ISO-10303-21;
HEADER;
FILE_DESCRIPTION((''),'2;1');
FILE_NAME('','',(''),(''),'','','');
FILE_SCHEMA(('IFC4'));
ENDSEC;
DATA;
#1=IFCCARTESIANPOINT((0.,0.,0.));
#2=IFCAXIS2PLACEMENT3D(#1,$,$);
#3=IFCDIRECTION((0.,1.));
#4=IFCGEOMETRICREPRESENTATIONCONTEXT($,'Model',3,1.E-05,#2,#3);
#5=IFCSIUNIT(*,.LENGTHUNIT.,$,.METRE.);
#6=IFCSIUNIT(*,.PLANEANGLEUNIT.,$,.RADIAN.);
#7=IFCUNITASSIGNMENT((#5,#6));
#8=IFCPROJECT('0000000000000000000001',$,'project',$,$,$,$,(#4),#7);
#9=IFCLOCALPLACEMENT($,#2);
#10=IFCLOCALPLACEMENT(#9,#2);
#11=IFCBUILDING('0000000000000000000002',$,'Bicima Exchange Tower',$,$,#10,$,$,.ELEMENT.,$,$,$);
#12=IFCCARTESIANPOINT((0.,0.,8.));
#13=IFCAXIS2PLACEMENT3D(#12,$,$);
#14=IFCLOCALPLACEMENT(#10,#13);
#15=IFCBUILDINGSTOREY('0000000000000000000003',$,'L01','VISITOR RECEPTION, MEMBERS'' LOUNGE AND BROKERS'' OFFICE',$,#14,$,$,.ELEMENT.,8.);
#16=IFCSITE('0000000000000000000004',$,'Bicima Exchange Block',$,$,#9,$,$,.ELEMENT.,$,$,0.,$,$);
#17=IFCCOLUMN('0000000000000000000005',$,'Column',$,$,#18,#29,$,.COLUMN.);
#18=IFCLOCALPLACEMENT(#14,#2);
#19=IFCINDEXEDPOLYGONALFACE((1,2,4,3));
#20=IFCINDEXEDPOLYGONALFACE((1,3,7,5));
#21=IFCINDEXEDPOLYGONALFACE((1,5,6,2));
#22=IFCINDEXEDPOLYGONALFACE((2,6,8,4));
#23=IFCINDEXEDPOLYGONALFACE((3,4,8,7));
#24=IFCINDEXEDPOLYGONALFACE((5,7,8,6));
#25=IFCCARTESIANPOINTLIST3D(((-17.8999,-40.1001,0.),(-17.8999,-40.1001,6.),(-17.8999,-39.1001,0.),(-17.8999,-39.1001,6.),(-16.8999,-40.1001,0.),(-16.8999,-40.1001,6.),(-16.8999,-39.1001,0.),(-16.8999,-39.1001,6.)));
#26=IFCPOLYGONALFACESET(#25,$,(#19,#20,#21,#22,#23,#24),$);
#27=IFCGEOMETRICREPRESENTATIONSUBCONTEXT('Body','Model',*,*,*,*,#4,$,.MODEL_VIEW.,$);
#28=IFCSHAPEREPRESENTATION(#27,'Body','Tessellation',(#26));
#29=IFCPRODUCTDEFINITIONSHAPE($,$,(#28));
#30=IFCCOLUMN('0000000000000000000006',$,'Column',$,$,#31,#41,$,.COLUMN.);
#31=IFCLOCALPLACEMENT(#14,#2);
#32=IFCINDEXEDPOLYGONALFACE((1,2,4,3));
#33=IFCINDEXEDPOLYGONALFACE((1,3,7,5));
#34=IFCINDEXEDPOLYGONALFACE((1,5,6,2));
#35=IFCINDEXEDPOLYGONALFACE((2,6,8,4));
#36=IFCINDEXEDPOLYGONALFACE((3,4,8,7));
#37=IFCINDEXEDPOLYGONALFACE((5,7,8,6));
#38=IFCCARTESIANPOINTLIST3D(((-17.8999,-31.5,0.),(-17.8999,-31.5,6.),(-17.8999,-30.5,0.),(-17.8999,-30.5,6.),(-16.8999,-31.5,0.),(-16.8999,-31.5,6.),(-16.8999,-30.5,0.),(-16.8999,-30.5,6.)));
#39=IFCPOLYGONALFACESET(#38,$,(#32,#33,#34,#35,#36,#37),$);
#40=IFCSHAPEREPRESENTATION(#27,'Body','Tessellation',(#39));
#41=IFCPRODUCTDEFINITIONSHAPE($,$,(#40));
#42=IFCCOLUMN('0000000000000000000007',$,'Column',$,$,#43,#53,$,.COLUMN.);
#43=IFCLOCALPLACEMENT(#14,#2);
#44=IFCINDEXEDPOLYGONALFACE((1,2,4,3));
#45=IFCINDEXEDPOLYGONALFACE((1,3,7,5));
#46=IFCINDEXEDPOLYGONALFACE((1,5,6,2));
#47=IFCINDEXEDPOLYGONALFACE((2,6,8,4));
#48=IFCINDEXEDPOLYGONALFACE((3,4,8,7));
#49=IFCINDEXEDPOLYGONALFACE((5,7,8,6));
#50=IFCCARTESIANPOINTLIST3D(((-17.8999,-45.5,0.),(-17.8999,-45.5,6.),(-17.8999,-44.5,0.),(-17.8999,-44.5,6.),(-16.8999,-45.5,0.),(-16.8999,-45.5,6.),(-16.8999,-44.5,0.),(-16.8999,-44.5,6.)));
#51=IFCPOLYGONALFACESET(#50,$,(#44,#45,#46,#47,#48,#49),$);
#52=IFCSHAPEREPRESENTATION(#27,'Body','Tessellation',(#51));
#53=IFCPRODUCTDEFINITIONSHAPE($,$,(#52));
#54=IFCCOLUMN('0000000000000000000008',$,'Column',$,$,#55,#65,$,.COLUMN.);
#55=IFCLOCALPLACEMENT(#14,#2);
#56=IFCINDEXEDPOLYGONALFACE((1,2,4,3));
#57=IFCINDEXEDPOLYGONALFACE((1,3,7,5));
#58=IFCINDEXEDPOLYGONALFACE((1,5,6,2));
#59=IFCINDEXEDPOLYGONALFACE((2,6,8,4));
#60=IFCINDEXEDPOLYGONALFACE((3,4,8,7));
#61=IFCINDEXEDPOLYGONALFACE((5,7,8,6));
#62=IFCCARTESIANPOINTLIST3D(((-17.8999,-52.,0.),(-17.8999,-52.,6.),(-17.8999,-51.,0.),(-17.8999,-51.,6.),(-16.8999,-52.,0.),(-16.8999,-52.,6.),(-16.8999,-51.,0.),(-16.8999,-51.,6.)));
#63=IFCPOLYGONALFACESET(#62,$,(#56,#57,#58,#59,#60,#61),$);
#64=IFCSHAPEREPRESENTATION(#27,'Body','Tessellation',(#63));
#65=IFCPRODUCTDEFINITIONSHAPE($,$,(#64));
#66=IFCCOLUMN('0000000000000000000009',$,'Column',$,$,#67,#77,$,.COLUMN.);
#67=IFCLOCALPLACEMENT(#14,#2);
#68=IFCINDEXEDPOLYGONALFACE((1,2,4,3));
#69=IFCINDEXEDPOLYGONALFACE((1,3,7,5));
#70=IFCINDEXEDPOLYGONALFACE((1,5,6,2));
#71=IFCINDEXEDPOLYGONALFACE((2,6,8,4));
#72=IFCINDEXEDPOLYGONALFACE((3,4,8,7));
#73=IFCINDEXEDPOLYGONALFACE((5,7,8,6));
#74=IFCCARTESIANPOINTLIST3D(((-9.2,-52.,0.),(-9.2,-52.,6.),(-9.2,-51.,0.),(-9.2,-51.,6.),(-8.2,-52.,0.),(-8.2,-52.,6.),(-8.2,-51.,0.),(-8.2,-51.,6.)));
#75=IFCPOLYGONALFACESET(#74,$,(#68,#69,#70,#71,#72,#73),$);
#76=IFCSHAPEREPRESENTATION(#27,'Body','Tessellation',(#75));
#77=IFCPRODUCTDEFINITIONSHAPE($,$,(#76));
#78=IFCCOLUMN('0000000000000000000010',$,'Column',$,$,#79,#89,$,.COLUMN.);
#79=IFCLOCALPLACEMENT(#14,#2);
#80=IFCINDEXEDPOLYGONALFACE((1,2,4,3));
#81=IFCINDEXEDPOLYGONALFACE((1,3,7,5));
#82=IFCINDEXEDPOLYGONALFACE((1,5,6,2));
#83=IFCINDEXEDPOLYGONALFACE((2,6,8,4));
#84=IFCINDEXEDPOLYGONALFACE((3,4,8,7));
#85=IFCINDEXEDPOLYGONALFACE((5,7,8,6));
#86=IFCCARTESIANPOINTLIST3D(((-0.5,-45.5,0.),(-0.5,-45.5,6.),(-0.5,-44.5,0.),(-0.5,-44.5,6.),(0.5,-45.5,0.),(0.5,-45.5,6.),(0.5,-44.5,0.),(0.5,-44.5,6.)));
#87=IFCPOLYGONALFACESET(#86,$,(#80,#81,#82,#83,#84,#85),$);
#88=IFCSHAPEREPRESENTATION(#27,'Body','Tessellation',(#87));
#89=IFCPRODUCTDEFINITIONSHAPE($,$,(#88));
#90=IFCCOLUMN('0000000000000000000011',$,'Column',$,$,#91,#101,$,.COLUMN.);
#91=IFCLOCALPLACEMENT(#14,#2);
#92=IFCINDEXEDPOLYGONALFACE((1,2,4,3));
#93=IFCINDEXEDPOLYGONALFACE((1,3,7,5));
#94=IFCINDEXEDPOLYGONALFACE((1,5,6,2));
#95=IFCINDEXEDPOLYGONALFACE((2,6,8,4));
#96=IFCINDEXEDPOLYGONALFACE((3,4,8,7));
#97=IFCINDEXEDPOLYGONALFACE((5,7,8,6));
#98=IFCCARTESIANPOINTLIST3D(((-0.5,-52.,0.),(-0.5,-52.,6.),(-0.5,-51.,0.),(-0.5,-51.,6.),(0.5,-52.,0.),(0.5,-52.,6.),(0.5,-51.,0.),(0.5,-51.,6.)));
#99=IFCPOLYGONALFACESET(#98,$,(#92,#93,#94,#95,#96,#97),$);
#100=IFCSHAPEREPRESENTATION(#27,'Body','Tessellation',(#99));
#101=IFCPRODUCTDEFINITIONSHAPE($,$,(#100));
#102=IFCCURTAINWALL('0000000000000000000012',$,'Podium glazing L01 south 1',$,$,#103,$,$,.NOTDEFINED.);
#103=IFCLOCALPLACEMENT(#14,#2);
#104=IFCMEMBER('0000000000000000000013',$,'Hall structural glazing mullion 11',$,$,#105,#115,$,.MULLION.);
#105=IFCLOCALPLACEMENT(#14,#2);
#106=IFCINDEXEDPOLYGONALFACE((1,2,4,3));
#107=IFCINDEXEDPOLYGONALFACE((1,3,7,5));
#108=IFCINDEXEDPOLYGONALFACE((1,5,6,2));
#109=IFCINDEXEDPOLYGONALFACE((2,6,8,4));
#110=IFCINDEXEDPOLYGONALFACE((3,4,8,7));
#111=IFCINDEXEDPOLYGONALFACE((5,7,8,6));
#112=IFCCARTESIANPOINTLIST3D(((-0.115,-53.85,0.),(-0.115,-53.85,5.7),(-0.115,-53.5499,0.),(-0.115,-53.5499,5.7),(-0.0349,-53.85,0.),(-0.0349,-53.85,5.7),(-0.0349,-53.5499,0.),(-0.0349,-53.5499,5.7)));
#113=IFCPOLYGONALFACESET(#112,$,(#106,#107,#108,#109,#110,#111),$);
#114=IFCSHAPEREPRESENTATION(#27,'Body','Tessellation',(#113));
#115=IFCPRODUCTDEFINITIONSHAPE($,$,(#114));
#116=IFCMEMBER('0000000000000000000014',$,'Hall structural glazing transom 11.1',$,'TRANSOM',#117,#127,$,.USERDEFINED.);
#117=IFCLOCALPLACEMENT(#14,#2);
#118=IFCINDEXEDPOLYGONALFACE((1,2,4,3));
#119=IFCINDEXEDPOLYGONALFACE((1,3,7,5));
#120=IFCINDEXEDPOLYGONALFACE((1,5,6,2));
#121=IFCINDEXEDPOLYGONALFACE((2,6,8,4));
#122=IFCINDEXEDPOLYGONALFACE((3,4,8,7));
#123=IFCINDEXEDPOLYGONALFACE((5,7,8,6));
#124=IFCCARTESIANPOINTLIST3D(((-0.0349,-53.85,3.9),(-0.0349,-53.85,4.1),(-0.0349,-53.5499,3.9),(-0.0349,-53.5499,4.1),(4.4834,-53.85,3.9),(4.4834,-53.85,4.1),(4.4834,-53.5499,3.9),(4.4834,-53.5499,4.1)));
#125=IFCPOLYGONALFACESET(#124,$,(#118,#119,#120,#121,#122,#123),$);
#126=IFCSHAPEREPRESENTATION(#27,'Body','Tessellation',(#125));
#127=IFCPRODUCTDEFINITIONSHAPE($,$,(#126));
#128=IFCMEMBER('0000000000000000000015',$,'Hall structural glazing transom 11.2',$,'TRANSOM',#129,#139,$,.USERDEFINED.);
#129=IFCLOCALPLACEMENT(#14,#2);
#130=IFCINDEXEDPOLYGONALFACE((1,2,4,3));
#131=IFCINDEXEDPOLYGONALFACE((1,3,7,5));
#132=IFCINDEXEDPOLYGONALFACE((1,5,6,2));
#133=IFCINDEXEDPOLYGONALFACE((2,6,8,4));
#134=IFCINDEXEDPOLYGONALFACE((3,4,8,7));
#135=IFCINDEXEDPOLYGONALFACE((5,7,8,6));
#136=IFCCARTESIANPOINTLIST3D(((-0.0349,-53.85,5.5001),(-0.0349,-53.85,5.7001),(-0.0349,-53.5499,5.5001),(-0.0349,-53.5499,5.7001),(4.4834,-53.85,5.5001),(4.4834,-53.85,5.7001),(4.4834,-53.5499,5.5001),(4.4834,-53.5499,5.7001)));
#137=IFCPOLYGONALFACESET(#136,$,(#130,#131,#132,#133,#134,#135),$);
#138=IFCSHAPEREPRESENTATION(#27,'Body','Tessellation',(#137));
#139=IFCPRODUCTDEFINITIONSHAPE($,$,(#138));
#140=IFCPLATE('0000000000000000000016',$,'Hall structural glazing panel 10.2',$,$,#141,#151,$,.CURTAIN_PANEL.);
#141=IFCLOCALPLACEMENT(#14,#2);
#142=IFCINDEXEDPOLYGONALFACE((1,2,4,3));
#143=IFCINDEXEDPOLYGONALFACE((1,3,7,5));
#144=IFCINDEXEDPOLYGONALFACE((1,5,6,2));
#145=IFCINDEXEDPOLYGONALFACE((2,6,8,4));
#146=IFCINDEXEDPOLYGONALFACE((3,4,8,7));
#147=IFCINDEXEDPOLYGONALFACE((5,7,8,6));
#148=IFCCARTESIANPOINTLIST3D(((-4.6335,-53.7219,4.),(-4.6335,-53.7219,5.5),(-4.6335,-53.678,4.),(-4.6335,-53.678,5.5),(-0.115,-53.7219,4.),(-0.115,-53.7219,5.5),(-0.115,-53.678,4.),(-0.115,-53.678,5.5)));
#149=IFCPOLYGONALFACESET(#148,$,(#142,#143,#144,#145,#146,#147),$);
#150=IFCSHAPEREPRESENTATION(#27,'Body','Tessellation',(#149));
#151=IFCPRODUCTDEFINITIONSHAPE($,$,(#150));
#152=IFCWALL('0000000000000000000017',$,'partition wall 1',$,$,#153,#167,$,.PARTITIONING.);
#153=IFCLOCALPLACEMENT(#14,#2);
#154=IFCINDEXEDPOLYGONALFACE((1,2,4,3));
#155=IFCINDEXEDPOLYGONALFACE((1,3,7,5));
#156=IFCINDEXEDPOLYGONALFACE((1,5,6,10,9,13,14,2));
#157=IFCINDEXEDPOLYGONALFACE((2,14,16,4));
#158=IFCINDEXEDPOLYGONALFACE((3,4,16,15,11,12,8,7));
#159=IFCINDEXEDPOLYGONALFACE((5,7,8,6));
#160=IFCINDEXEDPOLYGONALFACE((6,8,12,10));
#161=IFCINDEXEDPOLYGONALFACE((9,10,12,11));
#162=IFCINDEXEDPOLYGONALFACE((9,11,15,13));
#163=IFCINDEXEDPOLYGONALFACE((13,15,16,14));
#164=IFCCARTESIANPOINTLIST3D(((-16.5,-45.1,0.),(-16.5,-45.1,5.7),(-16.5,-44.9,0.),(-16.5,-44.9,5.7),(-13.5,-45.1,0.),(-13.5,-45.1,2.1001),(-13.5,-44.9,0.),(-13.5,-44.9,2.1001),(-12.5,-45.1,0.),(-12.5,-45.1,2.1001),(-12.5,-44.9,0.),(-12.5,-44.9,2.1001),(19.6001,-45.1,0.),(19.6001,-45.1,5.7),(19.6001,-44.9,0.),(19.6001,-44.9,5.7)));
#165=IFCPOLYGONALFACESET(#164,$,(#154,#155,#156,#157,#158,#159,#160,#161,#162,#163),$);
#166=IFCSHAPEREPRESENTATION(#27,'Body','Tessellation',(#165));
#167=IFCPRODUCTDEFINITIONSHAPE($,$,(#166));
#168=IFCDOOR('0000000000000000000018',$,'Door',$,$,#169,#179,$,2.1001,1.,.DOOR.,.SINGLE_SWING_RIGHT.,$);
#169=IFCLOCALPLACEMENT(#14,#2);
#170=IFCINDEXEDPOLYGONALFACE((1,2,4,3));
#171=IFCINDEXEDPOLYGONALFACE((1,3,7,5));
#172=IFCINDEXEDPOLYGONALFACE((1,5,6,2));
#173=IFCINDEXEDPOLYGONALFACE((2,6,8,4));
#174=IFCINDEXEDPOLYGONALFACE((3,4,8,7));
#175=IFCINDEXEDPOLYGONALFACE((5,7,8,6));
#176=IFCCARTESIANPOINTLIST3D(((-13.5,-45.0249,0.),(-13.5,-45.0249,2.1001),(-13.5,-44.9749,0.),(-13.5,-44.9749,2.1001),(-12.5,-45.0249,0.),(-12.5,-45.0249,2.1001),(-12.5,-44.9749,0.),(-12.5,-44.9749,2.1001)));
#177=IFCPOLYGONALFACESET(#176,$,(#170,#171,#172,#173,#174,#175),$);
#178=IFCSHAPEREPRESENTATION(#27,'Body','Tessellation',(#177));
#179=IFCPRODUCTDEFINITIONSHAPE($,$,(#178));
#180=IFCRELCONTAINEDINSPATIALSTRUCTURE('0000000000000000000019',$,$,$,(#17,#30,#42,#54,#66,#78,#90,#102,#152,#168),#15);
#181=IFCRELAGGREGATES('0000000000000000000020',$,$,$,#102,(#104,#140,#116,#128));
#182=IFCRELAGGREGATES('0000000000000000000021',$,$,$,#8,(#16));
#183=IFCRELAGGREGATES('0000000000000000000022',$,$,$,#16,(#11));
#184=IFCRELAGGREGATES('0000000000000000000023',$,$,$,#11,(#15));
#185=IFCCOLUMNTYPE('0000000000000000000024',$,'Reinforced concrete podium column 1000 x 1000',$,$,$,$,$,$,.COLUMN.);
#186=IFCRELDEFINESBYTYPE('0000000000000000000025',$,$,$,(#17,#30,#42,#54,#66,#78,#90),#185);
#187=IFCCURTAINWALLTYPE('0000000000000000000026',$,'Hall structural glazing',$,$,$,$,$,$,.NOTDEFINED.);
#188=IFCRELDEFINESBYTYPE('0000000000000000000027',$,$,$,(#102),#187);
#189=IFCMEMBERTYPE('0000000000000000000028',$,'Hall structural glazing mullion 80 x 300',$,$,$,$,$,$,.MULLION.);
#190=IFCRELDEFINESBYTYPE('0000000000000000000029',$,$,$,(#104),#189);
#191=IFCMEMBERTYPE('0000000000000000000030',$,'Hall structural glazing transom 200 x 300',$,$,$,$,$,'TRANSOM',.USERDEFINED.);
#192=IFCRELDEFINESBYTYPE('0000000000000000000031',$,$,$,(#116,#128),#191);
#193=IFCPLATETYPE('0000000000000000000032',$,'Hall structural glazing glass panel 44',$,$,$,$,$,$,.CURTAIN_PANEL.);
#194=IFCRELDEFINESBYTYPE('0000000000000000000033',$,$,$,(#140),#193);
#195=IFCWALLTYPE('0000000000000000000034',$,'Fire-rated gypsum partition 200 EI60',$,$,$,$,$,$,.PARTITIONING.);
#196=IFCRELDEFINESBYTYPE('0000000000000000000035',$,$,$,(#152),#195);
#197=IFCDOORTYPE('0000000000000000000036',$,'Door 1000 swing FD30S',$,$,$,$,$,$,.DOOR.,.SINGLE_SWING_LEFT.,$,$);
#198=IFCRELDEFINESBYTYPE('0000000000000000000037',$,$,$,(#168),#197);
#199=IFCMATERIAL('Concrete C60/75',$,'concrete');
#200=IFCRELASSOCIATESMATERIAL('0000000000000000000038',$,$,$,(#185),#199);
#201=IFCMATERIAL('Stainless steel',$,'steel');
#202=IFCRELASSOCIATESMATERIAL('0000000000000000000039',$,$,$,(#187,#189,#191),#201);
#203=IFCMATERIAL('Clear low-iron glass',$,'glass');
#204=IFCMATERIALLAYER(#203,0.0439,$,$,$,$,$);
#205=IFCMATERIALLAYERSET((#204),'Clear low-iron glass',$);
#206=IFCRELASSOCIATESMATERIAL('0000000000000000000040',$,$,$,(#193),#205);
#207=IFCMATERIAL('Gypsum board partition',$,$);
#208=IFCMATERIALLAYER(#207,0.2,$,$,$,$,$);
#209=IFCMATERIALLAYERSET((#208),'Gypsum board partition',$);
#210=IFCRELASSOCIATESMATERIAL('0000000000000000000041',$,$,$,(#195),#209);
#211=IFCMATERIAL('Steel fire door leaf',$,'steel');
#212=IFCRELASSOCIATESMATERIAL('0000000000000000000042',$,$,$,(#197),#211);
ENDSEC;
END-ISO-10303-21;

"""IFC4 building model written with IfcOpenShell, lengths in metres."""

from ifc_helpers import new_model, si_unit, direction, frame, frame_2d, origin, origin_2d, place, context, subcontext, project, spatial, rectangle, extrude, material, layer, layer_set, material_profile, profile_set, type_object, element, fill, aggregate, save


model = new_model("IFC4")

# Units and contexts
model_context = context("Model", 3, precision=1e-05, world=origin(), true_north=direction((0.0, 1.0)))
body_context = subcontext(model_context, "Body", "Model", "MODEL_VIEW")
ifc_project = project(units=[si_unit("LENGTHUNIT", "METRE"), si_unit("PLANEANGLEUNIT", "RADIAN")], contexts=[model_context])

# Site, building, storey
site_placement = place(None, origin())
site = spatial("IfcSite", under=ifc_project, at=site_placement, Name="Bicima Exchange Block", CompositionType="ELEMENT", RefElevation=0.0)
building_placement = place(site_placement, origin())
building = spatial("IfcBuilding", under=site, at=building_placement, Name="Bicima Exchange Tower", CompositionType="ELEMENT")
storey_placement = place(building_placement, frame((0.0, 0.0, 8.0)))
storey = spatial("IfcBuildingStorey", under=building, at=storey_placement, Name="L01", Description="VISITOR RECEPTION, MEMBERS' LOUNGE AND BROKERS' OFFICE", CompositionType="ELEMENT", Elevation=8.0)

# Columns
ifc_material_1 = material(Name="Concrete C60/75", Category="concrete")
ifc_material_profile_1 = material_profile(ifc_material_1, rectangle(XDim=1.0, YDim=1.0, at=origin_2d()))
ifc_profile_set_1 = profile_set([ifc_material_profile_1], Name="Concrete C60/75")
column_type = type_object("IfcColumnType", Name="Reinforced concrete podium column 1000 x 1000", PredefinedType="COLUMN", material=ifc_profile_set_1)
for number, where, z_axis, x_axis, name in (
    (1, (-17.3999, -39.6001, 0.0), (0.0, 0.0, 1.0), (1.0, 0.0, 0.0), "Column"),
    (2, (-17.3999, -31.0, 0.0), (0.0, 0.0, 1.0), (1.0, 0.0, 0.0), "Column"),
    (3, (-17.3999, -45.0, 0.0), (0.0, 0.0, 1.0), (1.0, 0.0, 0.0), "Column"),
    (4, (-17.3999, -51.5, 0.0), (0.0, 0.0, 1.0), (1.0, 0.0, 0.0), "Column"),
    (5, (-8.7, -51.5, 0.0), (0.0, 0.0, 1.0), (1.0, 0.0, 0.0), "Column"),
    (6, (0.0, -45.0, 0.0), (0.0, 0.0, 1.0), (1.0, 0.0, 0.0), "Column"),
    (7, (0.0, -51.5, 0.0), (0.0, 0.0, 1.0), (1.0, 0.0, 0.0), "Column"),
):
    element("IfcColumn", number, at=place(storey_placement, frame(where, z_axis=z_axis, x_axis=x_axis)), inside=storey, type_object=column_type, Name=name, PredefinedType="COLUMN", context=body_context, shape_type="SweptSolid", body=[
        extrude(rectangle(XDim=1.0, YDim=1.0, at=origin_2d()), origin(), (0.0, 0.0, 1.0), 6.0),
    ])

# Curtain wall, members, plate
ifc_material_2 = material(Name="Stainless steel", Category="steel")
curtain_wall_type = type_object("IfcCurtainWallType", Name="Hall structural glazing", PredefinedType="NOTDEFINED", material=ifc_material_2)
curtain_wall_placement = place(storey_placement, origin())
curtain_wall = element("IfcCurtainWall", 8, at=curtain_wall_placement, inside=storey, type_object=curtain_wall_type, Name="Podium glazing L01 south 1", PredefinedType="NOTDEFINED")
ifc_material_profile_2 = material_profile(ifc_material_2, rectangle(XDim=0.3, YDim=0.0801, at=origin_2d()))
ifc_profile_set_2 = profile_set([ifc_material_profile_2], Name="Stainless steel")
member_type_1 = type_object("IfcMemberType", Name="Hall structural glazing mullion 80 x 300", PredefinedType="MULLION", material=ifc_profile_set_2)
member_1_placement = place(storey_placement, frame((-0.075, -53.7, 0.0), z_axis=(0.0, 0.0, 1.0), x_axis=(0.0, 1.0, 0.0)))
member_1 = element("IfcMember", 9, at=member_1_placement, type_object=member_type_1, Name="Hall structural glazing mullion 11", PredefinedType="MULLION", context=body_context, shape_type="SweptSolid", body=[
    extrude(rectangle(XDim=0.3, YDim=0.0801, at=origin_2d()), origin(), (0.0, 0.0, 1.0), 5.7),
])
ifc_material_profile_3 = material_profile(ifc_material_2, rectangle(XDim=0.3, YDim=0.2, at=origin_2d()))
ifc_profile_set_3 = profile_set([ifc_material_profile_3], Name="Stainless steel")
member_type_2 = type_object("IfcMemberType", Name="Hall structural glazing transom 200 x 300", ElementType="TRANSOM", PredefinedType="USERDEFINED", material=ifc_profile_set_3)
member_2_placement = place(storey_placement, frame((-0.0349, -53.7, 4.0), z_axis=(1.0, 0.0, 0.0), x_axis=(0.0, 1.0, 0.0)))
member_2 = element("IfcMember", 10, at=member_2_placement, type_object=member_type_2, Name="Hall structural glazing transom 11.1", ObjectType="TRANSOM", PredefinedType="USERDEFINED", context=body_context, shape_type="SweptSolid", body=[
    extrude(rectangle(XDim=0.3, YDim=0.2, at=origin_2d()), origin(), (0.0, 0.0, 1.0), 4.5183),
])
member_3_placement = place(storey_placement, frame((-0.0349, -53.7, 5.6001), z_axis=(1.0, 0.0, 0.0), x_axis=(0.0, 1.0, 0.0)))
member_3 = element("IfcMember", 11, at=member_3_placement, type_object=member_type_2, Name="Hall structural glazing transom 11.2", ObjectType="TRANSOM", PredefinedType="USERDEFINED", context=body_context, shape_type="SweptSolid", body=[
    extrude(rectangle(XDim=0.3, YDim=0.2, at=origin_2d()), origin(), (0.0, 0.0, 1.0), 4.5183),
])
ifc_material_3 = material(Name="Clear low-iron glass", Category="glass")
ifc_layer_1 = layer(ifc_material_3, 0.0439)
ifc_layer_set_1 = layer_set([ifc_layer_1], Name="Clear low-iron glass")
plate_type = type_object("IfcPlateType", Name="Hall structural glazing glass panel 44", PredefinedType="CURTAIN_PANEL", material=ifc_layer_set_1)
plate_placement = place(storey_placement, frame((-2.3743, -53.7, 4.0), z_axis=(0.0, 0.0, 1.0), x_axis=(1.0, 0.0, 0.0)))
plate = element("IfcPlate", 12, at=plate_placement, type_object=plate_type, Name="Hall structural glazing panel 10.2", PredefinedType="CURTAIN_PANEL", context=body_context, shape_type="SweptSolid", body=[
    extrude(rectangle(XDim=4.5186, YDim=0.0439, at=origin_2d()), origin(), (0.0, 0.0, 1.0), 1.5),
])
aggregate(curtain_wall, [member_1, plate, member_2, member_3])

# Wall, opening, door
ifc_material_4 = material(Name="Gypsum board partition")
ifc_layer_2 = layer(ifc_material_4, 0.2)
ifc_layer_set_2 = layer_set([ifc_layer_2], Name="Gypsum board partition")
wall_type_1 = type_object("IfcWallType", Name="Fire-rated gypsum partition 200 EI60", PredefinedType="PARTITIONING", material=ifc_layer_set_2)
wall_1_placement = place(storey_placement, frame((-16.5, -45.0, 0.0), z_axis=(0.0, 0.0, 1.0), x_axis=(1.0, 0.0, 0.0)))
wall_1 = element("IfcWall", 13, at=wall_1_placement, inside=storey, type_object=wall_type_1, Name="partition wall 1", PredefinedType="PARTITIONING", context=body_context, shape_type="SweptSolid", body=[
    extrude(rectangle(XDim=36.1001, YDim=0.2, at=frame_2d((18.05, 0.0))), origin(), (0.0, 0.0, 1.0), 5.7),
])
opening_1_placement = place(wall_1_placement, frame((3.0, 0.0, 0.0)))
opening_1 = element("IfcOpeningElement", 14, at=opening_1_placement, cuts=wall_1, PredefinedType="OPENING", context=body_context, shape_type="SweptSolid", body=[
    extrude(rectangle(XDim=1.0, YDim=2.1001, at=frame_2d((0.5, 1.05))), frame((0.0, 0.1118, 0.0), z_axis=(0.0, -1.0, 0.0), x_axis=(1.0, 0.0, 0.0)), (0.0, 0.0, 1.0), 0.2239),
])
ifc_material_5 = material(Name="Steel fire door leaf", Category="steel")
door_type_1 = type_object("IfcDoorType", Name="Door 1000 swing FD30S", OperationType="SINGLE_SWING_LEFT", PredefinedType="DOOR", material=ifc_material_5)
door_1_placement = place(opening_1_placement, frame((1.0, 0.0, 0.0), z_axis=(0.0, 0.0, 1.0), x_axis=(-1.0, 0.0, 0.0)))
door_1 = element("IfcDoor", 15, at=door_1_placement, inside=storey, type_object=door_type_1, Name="Door", OperationType="SINGLE_SWING_RIGHT", OverallHeight=2.1001, OverallWidth=1.0, PredefinedType="DOOR", context=body_context, shape_type="SweptSolid", body=[
    extrude(rectangle(XDim=1.0, YDim=2.1001, at=frame_2d((0.5, 1.05))), frame((0.0, 0.0249, 0.0), z_axis=(0.0, -1.0, 0.0), x_axis=(1.0, 0.0, 0.0)), (0.0, 0.0, 1.0), 0.05),
])
fill(opening_1, door_1)

save(model, "model.ifc")
